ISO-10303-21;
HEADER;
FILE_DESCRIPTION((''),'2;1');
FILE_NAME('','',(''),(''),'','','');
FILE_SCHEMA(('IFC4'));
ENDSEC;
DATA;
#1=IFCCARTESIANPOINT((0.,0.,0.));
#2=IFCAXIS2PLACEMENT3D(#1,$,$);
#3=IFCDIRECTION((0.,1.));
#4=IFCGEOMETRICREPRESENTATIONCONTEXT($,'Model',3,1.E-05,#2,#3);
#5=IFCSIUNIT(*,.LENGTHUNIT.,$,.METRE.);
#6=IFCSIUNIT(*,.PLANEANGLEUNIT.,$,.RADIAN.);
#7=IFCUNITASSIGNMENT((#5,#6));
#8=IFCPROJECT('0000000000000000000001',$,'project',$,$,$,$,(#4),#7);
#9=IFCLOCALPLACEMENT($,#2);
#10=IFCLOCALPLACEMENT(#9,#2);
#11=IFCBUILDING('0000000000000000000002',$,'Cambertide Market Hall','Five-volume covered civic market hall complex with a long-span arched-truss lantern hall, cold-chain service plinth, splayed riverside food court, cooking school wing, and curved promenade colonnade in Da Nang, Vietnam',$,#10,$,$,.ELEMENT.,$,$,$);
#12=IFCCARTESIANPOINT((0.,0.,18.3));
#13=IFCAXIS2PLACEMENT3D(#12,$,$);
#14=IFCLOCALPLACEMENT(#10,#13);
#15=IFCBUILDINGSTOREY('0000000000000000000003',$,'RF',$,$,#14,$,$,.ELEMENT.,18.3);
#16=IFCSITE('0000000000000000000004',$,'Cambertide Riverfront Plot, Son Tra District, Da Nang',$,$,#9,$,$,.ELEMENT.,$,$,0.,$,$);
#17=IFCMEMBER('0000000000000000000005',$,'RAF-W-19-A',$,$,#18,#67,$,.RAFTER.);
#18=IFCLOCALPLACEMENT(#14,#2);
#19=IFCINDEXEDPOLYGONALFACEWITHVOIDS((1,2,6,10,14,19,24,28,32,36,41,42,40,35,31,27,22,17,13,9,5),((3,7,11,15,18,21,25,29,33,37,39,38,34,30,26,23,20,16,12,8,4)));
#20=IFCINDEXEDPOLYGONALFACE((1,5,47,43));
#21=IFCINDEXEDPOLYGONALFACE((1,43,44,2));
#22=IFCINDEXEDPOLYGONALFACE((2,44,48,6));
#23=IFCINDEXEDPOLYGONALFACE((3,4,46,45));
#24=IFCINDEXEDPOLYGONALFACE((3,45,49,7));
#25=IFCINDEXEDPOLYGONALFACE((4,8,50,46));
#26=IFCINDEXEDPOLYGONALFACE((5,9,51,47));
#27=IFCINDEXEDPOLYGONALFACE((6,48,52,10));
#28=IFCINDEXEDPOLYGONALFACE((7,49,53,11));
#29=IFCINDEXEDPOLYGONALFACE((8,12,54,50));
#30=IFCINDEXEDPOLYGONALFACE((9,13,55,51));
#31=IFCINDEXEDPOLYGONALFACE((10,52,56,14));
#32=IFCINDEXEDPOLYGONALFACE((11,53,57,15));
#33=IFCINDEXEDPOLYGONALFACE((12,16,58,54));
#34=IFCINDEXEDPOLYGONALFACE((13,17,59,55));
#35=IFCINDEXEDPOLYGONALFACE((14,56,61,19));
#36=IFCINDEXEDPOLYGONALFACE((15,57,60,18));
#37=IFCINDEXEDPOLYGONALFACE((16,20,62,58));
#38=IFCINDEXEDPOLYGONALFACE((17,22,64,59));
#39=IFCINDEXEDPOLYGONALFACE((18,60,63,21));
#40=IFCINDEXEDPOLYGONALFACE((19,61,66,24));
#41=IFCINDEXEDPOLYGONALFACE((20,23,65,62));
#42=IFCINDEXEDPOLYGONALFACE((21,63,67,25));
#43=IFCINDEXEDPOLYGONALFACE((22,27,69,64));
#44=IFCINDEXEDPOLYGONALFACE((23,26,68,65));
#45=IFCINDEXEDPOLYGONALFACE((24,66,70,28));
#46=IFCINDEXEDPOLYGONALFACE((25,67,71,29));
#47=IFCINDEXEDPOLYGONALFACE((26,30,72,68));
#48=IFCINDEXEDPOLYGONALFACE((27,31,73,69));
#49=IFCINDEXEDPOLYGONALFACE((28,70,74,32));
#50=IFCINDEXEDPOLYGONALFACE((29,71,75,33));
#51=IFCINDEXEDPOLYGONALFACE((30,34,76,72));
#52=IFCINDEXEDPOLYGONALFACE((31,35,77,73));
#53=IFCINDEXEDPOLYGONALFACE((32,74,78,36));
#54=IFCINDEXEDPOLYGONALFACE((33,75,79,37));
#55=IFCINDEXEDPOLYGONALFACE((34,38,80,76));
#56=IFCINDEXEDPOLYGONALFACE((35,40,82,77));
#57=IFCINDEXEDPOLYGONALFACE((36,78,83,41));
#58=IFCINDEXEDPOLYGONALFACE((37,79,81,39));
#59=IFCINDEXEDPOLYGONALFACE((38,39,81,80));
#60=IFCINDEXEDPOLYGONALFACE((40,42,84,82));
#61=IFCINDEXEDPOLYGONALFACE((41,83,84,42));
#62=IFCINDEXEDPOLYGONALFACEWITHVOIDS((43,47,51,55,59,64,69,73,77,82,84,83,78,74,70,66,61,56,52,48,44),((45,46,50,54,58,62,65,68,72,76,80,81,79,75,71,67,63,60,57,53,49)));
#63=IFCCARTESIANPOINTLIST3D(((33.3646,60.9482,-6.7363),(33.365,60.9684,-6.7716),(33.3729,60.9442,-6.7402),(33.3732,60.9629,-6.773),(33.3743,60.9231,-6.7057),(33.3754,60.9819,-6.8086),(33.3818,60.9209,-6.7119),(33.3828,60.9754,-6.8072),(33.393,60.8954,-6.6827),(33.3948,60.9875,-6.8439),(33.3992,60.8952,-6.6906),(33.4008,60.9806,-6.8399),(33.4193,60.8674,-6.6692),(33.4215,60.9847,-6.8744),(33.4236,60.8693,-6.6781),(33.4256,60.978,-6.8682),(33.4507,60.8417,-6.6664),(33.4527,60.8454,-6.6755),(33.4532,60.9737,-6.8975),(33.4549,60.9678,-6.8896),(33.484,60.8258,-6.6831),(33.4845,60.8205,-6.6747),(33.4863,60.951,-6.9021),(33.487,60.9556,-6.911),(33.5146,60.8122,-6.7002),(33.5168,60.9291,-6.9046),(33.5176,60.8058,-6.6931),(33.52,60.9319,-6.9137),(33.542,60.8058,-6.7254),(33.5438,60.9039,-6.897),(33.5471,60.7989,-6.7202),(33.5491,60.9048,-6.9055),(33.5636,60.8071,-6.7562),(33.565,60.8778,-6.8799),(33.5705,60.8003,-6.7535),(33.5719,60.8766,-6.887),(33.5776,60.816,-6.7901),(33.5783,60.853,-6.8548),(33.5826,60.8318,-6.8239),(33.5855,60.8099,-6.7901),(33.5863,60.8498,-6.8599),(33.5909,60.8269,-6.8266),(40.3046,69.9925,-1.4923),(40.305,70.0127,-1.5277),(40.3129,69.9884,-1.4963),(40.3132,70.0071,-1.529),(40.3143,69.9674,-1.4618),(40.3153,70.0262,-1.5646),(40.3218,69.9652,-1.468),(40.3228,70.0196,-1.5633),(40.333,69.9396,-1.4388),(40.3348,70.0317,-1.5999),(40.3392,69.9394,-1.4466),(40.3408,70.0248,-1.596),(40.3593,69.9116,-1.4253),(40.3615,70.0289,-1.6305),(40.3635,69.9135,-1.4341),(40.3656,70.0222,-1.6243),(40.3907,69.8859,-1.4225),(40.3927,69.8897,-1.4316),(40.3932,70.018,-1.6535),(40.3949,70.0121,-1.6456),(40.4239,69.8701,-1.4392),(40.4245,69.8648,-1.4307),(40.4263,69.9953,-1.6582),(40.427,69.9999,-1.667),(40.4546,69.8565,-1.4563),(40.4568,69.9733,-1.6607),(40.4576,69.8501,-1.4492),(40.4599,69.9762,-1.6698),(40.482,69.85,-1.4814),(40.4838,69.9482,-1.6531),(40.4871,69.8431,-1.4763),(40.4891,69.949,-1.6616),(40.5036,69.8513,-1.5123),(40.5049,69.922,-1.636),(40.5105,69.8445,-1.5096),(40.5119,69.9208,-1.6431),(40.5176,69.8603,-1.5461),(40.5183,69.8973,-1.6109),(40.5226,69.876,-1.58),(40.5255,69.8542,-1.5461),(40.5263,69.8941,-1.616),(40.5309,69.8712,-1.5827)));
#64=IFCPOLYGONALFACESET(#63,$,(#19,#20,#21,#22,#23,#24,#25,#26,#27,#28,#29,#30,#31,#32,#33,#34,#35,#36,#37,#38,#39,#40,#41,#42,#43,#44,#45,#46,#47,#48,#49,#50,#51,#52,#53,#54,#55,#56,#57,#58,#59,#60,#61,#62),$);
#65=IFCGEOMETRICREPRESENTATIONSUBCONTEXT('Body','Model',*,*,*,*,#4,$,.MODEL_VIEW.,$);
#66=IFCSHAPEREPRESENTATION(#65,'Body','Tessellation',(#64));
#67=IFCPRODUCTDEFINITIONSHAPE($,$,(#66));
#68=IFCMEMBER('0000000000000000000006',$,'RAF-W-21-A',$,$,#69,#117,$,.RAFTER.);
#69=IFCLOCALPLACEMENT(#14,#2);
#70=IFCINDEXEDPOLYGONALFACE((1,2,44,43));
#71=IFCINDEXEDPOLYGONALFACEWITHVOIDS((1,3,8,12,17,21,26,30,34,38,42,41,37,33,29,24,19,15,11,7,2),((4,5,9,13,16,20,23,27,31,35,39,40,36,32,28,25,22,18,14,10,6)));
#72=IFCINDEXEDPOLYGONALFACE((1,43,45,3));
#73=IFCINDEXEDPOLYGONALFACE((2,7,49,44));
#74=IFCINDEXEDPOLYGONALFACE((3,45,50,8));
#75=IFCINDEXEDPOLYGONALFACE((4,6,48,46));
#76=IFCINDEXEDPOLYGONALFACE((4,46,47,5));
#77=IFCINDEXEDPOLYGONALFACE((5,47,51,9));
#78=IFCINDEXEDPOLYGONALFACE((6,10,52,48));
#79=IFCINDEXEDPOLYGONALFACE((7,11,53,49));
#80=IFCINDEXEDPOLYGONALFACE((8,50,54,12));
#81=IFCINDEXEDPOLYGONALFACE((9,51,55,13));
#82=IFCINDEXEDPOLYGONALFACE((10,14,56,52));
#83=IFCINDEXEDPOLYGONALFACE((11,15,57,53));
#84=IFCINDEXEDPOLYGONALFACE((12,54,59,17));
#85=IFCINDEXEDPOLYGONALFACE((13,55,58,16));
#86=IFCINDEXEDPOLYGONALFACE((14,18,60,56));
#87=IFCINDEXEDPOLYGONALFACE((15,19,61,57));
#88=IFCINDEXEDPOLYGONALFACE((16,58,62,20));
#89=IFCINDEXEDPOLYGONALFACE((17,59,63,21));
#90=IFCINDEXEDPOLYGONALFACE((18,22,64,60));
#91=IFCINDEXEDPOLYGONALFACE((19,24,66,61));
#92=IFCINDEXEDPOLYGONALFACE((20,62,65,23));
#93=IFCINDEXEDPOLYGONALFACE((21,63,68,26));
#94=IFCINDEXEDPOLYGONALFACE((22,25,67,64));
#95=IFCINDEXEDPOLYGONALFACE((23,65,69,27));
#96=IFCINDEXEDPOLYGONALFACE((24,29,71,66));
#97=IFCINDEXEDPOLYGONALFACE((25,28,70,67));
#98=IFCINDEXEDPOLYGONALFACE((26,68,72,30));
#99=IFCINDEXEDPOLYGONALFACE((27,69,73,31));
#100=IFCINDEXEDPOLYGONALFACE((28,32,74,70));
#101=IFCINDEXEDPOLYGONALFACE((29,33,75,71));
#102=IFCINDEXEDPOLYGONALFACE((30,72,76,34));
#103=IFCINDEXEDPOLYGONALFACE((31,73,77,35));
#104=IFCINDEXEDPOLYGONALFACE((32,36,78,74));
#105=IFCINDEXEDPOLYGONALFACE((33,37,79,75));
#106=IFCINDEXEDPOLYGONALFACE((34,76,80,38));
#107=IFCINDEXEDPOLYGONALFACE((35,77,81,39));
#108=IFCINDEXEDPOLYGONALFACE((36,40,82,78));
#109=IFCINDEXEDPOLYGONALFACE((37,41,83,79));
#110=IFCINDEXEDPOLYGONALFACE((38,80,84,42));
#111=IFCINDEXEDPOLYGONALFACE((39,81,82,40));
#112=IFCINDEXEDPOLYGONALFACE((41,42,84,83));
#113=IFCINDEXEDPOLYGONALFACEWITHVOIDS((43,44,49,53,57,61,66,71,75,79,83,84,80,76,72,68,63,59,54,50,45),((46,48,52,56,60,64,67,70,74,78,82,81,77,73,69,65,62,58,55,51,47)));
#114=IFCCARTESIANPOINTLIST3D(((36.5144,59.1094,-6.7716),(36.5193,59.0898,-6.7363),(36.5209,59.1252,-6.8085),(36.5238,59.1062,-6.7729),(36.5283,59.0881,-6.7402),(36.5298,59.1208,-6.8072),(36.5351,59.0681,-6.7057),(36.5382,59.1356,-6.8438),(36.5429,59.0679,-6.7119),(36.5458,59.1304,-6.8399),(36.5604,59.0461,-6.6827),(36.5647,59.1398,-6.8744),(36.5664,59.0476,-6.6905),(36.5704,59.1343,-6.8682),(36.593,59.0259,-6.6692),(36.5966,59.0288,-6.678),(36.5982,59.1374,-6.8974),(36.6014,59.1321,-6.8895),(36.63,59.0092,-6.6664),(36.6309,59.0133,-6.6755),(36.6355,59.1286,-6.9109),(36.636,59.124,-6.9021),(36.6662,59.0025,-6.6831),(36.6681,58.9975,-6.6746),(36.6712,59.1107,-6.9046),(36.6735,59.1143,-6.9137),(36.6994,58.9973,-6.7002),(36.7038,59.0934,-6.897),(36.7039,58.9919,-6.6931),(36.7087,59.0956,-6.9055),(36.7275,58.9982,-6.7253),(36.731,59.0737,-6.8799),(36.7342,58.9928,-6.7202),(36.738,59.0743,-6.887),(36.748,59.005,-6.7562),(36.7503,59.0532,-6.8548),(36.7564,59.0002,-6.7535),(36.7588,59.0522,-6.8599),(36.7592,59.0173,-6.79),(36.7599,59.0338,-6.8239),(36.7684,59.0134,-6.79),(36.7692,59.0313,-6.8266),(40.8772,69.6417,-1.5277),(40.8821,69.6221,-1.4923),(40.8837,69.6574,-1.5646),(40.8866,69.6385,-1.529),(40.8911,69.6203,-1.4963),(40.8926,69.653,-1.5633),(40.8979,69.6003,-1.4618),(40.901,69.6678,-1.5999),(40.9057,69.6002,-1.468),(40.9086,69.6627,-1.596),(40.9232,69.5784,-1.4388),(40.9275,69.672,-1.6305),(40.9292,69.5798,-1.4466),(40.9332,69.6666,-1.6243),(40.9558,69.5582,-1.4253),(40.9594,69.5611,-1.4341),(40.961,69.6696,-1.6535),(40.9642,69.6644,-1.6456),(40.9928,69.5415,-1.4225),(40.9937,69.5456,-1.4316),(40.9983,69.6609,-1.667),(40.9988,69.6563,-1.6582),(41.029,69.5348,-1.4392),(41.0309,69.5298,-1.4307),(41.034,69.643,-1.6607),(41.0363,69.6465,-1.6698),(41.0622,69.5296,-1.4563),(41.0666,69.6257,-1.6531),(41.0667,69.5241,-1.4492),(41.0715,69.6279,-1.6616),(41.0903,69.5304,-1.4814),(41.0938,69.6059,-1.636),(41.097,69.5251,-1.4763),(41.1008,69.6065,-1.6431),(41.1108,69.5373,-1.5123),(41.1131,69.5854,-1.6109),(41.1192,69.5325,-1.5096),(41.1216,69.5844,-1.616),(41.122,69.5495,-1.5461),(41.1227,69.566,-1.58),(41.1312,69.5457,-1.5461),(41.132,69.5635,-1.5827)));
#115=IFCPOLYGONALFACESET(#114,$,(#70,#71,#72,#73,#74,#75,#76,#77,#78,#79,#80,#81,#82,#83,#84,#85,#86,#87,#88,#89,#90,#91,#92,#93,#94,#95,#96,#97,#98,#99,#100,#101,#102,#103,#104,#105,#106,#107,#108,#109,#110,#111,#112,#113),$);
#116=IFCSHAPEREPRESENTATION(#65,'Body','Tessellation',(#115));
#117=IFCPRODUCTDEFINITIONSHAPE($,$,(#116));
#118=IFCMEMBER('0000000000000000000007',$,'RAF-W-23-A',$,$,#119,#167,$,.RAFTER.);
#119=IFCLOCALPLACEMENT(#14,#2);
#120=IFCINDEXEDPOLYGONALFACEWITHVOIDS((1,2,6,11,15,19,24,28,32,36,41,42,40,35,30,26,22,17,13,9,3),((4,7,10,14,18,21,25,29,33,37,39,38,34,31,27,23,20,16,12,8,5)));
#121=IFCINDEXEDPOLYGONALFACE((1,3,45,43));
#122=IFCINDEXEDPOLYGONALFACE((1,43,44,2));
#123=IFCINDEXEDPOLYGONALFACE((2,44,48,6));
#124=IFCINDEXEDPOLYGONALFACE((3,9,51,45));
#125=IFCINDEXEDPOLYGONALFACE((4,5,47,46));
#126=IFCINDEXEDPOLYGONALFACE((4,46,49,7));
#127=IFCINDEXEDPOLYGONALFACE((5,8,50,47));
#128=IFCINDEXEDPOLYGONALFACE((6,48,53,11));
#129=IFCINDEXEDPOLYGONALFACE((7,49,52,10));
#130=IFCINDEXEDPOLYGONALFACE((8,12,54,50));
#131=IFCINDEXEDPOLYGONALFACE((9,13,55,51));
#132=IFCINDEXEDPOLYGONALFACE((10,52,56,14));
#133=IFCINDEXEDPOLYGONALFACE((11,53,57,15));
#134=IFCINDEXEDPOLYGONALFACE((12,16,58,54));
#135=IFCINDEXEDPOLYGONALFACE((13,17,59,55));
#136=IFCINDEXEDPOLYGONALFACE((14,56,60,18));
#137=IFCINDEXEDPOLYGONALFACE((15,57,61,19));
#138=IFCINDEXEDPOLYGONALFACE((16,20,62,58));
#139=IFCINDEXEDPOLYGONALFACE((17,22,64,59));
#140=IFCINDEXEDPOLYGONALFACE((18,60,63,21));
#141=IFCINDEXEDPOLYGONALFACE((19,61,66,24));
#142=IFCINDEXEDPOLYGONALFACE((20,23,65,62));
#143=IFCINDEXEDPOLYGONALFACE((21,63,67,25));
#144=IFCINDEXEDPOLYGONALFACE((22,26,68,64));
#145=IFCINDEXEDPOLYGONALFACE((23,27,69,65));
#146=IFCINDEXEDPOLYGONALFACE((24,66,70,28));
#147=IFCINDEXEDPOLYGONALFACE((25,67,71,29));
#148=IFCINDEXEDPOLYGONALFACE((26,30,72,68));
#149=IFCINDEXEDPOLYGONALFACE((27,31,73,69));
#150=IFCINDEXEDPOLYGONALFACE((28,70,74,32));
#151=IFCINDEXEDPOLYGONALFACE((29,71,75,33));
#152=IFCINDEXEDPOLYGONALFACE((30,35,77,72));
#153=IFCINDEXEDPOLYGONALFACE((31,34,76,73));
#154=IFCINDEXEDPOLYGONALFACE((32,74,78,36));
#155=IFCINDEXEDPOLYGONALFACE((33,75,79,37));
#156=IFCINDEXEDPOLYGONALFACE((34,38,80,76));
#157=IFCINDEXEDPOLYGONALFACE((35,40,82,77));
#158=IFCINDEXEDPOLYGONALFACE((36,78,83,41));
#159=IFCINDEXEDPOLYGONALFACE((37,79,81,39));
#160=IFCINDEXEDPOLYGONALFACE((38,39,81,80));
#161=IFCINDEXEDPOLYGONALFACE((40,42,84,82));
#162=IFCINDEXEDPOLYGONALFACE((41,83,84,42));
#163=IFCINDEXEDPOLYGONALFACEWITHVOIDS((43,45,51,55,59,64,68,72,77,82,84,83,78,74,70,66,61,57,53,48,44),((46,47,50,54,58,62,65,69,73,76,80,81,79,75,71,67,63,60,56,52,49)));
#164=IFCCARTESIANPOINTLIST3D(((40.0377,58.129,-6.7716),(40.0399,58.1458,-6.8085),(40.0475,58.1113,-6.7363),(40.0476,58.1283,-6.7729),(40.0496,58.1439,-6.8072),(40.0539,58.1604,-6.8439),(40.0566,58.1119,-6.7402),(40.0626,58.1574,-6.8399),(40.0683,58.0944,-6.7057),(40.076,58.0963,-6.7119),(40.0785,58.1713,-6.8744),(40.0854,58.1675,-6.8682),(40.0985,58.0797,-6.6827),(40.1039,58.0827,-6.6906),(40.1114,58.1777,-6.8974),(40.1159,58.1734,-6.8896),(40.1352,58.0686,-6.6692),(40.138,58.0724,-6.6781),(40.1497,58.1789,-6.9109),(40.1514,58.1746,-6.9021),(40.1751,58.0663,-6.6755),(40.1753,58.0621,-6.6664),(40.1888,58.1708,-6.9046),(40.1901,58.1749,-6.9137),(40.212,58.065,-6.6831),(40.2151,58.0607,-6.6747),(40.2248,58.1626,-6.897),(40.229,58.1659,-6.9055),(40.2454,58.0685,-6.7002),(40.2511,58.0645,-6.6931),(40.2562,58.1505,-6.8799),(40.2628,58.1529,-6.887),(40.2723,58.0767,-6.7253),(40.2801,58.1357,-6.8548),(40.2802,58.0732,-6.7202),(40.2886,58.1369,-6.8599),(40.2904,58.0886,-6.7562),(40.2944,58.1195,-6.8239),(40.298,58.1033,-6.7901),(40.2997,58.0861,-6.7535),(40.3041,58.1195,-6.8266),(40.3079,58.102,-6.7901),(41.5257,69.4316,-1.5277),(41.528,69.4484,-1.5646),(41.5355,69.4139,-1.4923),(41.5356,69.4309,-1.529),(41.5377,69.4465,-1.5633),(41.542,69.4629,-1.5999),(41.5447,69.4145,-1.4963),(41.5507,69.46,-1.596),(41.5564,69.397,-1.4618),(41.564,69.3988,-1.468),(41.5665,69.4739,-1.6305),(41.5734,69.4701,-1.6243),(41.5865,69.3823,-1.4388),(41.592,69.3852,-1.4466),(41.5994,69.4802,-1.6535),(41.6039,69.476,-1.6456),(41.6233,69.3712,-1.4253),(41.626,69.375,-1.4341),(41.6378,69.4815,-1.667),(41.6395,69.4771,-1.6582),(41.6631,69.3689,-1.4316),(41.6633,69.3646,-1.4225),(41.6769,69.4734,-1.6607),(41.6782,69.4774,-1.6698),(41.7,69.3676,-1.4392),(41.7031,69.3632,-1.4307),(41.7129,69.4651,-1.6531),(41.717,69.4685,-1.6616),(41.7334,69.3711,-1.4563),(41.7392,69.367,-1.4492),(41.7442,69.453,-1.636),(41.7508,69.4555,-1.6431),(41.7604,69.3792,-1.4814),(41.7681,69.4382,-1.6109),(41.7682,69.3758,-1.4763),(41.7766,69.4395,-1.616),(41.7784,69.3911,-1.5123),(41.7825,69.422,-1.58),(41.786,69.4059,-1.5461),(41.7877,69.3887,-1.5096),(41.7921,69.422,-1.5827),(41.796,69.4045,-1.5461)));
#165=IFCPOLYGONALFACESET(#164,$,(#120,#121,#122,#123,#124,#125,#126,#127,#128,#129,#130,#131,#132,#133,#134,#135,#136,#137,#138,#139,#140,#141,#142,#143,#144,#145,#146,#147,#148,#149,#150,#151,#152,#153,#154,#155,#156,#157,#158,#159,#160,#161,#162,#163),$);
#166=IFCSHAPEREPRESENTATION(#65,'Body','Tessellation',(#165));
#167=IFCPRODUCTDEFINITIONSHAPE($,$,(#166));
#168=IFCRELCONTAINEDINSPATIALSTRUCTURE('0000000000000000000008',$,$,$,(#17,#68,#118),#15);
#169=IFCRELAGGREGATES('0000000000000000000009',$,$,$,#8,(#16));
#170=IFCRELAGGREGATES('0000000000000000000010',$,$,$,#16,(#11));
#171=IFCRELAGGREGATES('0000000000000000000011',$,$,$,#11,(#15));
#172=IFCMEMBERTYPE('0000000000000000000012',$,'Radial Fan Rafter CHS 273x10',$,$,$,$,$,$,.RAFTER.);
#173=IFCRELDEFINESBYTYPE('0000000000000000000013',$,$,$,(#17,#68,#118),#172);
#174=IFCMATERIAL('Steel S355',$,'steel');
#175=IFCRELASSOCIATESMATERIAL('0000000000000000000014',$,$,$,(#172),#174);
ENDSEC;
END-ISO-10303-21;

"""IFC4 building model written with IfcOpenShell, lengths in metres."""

from ifc_helpers import new_model, si_unit, direction, frame, origin, origin_2d, place, context, subcontext, project, spatial, hollow_circle, extrude, material, material_profile, profile_set, type_object, element, save


model = new_model("IFC4")

# Units and contexts
model_context = context("Model", 3, precision=1e-05, world=origin(), true_north=direction((0.0, 1.0)))
body_context = subcontext(model_context, "Body", "Model", "MODEL_VIEW")
ifc_project = project(units=[si_unit("LENGTHUNIT", "METRE"), si_unit("PLANEANGLEUNIT", "RADIAN")], contexts=[model_context])

# Site, building, storey
site_placement = place(None, origin())
site = spatial("IfcSite", under=ifc_project, at=site_placement, Name="Cambertide Riverfront Plot, Son Tra District, Da Nang", CompositionType="ELEMENT", RefElevation=0.0)
building_placement = place(site_placement, origin())
building = spatial("IfcBuilding", under=site, at=building_placement, Name="Cambertide Market Hall", Description="Five-volume covered civic market hall complex with a long-span arched-truss lantern hall, cold-chain service plinth, splayed riverside food court, cooking school wing, and curved promenade colonnade in Da Nang, Vietnam", CompositionType="ELEMENT")
storey_placement = place(building_placement, frame((0.0, 0.0, 18.3)))
storey = spatial("IfcBuildingStorey", under=building, at=storey_placement, Name="RF", CompositionType="ELEMENT", Elevation=18.3)

# Members
ifc_material_1 = material(Name="Steel S355", Category="steel")
ifc_material_profile_1 = material_profile(ifc_material_1, hollow_circle(Radius=0.1365, WallThickness=0.01, at=origin_2d()), Name="CHS 273x10")
ifc_profile_set_1 = profile_set([ifc_material_profile_1], Name="Steel S355")
member_type_1 = type_object("IfcMemberType", Name="Radial Fan Rafter CHS 273x10", PredefinedType="RAFTER", material=ifc_profile_set_1)
for number, where, z_axis, x_axis, name in (
    (1, (40.4172, 69.9373, -1.5461), (-0.55306, -0.720753, -0.417899), (0.793349, -0.608766, 0.0), "RAF-W-19-A"),
    (2, (41.0051, 69.5979, -1.5461), (-0.34768, -0.839334, -0.417896), (0.923873, -0.382699, 0.0), "RAF-W-21-A"),
    (3, (41.6606, 69.4224, -1.5461), (-0.118585, -0.900721, -0.417898), (0.991444, -0.130529, 0.0), "RAF-W-23-A"),
):
    element("IfcMember", number, at=place(storey_placement, frame(where, z_axis=z_axis, x_axis=x_axis)), inside=storey, type_object=member_type_1, Name=name, PredefinedType="RAFTER", context=body_context, shape_type="SweptSolid", body=[
        extrude(hollow_circle(Radius=0.1365, WallThickness=0.01, at=origin_2d()), origin(), (0.0, 0.0, 1.0), 12.5483),
    ])

save(model, "model.ifc")
